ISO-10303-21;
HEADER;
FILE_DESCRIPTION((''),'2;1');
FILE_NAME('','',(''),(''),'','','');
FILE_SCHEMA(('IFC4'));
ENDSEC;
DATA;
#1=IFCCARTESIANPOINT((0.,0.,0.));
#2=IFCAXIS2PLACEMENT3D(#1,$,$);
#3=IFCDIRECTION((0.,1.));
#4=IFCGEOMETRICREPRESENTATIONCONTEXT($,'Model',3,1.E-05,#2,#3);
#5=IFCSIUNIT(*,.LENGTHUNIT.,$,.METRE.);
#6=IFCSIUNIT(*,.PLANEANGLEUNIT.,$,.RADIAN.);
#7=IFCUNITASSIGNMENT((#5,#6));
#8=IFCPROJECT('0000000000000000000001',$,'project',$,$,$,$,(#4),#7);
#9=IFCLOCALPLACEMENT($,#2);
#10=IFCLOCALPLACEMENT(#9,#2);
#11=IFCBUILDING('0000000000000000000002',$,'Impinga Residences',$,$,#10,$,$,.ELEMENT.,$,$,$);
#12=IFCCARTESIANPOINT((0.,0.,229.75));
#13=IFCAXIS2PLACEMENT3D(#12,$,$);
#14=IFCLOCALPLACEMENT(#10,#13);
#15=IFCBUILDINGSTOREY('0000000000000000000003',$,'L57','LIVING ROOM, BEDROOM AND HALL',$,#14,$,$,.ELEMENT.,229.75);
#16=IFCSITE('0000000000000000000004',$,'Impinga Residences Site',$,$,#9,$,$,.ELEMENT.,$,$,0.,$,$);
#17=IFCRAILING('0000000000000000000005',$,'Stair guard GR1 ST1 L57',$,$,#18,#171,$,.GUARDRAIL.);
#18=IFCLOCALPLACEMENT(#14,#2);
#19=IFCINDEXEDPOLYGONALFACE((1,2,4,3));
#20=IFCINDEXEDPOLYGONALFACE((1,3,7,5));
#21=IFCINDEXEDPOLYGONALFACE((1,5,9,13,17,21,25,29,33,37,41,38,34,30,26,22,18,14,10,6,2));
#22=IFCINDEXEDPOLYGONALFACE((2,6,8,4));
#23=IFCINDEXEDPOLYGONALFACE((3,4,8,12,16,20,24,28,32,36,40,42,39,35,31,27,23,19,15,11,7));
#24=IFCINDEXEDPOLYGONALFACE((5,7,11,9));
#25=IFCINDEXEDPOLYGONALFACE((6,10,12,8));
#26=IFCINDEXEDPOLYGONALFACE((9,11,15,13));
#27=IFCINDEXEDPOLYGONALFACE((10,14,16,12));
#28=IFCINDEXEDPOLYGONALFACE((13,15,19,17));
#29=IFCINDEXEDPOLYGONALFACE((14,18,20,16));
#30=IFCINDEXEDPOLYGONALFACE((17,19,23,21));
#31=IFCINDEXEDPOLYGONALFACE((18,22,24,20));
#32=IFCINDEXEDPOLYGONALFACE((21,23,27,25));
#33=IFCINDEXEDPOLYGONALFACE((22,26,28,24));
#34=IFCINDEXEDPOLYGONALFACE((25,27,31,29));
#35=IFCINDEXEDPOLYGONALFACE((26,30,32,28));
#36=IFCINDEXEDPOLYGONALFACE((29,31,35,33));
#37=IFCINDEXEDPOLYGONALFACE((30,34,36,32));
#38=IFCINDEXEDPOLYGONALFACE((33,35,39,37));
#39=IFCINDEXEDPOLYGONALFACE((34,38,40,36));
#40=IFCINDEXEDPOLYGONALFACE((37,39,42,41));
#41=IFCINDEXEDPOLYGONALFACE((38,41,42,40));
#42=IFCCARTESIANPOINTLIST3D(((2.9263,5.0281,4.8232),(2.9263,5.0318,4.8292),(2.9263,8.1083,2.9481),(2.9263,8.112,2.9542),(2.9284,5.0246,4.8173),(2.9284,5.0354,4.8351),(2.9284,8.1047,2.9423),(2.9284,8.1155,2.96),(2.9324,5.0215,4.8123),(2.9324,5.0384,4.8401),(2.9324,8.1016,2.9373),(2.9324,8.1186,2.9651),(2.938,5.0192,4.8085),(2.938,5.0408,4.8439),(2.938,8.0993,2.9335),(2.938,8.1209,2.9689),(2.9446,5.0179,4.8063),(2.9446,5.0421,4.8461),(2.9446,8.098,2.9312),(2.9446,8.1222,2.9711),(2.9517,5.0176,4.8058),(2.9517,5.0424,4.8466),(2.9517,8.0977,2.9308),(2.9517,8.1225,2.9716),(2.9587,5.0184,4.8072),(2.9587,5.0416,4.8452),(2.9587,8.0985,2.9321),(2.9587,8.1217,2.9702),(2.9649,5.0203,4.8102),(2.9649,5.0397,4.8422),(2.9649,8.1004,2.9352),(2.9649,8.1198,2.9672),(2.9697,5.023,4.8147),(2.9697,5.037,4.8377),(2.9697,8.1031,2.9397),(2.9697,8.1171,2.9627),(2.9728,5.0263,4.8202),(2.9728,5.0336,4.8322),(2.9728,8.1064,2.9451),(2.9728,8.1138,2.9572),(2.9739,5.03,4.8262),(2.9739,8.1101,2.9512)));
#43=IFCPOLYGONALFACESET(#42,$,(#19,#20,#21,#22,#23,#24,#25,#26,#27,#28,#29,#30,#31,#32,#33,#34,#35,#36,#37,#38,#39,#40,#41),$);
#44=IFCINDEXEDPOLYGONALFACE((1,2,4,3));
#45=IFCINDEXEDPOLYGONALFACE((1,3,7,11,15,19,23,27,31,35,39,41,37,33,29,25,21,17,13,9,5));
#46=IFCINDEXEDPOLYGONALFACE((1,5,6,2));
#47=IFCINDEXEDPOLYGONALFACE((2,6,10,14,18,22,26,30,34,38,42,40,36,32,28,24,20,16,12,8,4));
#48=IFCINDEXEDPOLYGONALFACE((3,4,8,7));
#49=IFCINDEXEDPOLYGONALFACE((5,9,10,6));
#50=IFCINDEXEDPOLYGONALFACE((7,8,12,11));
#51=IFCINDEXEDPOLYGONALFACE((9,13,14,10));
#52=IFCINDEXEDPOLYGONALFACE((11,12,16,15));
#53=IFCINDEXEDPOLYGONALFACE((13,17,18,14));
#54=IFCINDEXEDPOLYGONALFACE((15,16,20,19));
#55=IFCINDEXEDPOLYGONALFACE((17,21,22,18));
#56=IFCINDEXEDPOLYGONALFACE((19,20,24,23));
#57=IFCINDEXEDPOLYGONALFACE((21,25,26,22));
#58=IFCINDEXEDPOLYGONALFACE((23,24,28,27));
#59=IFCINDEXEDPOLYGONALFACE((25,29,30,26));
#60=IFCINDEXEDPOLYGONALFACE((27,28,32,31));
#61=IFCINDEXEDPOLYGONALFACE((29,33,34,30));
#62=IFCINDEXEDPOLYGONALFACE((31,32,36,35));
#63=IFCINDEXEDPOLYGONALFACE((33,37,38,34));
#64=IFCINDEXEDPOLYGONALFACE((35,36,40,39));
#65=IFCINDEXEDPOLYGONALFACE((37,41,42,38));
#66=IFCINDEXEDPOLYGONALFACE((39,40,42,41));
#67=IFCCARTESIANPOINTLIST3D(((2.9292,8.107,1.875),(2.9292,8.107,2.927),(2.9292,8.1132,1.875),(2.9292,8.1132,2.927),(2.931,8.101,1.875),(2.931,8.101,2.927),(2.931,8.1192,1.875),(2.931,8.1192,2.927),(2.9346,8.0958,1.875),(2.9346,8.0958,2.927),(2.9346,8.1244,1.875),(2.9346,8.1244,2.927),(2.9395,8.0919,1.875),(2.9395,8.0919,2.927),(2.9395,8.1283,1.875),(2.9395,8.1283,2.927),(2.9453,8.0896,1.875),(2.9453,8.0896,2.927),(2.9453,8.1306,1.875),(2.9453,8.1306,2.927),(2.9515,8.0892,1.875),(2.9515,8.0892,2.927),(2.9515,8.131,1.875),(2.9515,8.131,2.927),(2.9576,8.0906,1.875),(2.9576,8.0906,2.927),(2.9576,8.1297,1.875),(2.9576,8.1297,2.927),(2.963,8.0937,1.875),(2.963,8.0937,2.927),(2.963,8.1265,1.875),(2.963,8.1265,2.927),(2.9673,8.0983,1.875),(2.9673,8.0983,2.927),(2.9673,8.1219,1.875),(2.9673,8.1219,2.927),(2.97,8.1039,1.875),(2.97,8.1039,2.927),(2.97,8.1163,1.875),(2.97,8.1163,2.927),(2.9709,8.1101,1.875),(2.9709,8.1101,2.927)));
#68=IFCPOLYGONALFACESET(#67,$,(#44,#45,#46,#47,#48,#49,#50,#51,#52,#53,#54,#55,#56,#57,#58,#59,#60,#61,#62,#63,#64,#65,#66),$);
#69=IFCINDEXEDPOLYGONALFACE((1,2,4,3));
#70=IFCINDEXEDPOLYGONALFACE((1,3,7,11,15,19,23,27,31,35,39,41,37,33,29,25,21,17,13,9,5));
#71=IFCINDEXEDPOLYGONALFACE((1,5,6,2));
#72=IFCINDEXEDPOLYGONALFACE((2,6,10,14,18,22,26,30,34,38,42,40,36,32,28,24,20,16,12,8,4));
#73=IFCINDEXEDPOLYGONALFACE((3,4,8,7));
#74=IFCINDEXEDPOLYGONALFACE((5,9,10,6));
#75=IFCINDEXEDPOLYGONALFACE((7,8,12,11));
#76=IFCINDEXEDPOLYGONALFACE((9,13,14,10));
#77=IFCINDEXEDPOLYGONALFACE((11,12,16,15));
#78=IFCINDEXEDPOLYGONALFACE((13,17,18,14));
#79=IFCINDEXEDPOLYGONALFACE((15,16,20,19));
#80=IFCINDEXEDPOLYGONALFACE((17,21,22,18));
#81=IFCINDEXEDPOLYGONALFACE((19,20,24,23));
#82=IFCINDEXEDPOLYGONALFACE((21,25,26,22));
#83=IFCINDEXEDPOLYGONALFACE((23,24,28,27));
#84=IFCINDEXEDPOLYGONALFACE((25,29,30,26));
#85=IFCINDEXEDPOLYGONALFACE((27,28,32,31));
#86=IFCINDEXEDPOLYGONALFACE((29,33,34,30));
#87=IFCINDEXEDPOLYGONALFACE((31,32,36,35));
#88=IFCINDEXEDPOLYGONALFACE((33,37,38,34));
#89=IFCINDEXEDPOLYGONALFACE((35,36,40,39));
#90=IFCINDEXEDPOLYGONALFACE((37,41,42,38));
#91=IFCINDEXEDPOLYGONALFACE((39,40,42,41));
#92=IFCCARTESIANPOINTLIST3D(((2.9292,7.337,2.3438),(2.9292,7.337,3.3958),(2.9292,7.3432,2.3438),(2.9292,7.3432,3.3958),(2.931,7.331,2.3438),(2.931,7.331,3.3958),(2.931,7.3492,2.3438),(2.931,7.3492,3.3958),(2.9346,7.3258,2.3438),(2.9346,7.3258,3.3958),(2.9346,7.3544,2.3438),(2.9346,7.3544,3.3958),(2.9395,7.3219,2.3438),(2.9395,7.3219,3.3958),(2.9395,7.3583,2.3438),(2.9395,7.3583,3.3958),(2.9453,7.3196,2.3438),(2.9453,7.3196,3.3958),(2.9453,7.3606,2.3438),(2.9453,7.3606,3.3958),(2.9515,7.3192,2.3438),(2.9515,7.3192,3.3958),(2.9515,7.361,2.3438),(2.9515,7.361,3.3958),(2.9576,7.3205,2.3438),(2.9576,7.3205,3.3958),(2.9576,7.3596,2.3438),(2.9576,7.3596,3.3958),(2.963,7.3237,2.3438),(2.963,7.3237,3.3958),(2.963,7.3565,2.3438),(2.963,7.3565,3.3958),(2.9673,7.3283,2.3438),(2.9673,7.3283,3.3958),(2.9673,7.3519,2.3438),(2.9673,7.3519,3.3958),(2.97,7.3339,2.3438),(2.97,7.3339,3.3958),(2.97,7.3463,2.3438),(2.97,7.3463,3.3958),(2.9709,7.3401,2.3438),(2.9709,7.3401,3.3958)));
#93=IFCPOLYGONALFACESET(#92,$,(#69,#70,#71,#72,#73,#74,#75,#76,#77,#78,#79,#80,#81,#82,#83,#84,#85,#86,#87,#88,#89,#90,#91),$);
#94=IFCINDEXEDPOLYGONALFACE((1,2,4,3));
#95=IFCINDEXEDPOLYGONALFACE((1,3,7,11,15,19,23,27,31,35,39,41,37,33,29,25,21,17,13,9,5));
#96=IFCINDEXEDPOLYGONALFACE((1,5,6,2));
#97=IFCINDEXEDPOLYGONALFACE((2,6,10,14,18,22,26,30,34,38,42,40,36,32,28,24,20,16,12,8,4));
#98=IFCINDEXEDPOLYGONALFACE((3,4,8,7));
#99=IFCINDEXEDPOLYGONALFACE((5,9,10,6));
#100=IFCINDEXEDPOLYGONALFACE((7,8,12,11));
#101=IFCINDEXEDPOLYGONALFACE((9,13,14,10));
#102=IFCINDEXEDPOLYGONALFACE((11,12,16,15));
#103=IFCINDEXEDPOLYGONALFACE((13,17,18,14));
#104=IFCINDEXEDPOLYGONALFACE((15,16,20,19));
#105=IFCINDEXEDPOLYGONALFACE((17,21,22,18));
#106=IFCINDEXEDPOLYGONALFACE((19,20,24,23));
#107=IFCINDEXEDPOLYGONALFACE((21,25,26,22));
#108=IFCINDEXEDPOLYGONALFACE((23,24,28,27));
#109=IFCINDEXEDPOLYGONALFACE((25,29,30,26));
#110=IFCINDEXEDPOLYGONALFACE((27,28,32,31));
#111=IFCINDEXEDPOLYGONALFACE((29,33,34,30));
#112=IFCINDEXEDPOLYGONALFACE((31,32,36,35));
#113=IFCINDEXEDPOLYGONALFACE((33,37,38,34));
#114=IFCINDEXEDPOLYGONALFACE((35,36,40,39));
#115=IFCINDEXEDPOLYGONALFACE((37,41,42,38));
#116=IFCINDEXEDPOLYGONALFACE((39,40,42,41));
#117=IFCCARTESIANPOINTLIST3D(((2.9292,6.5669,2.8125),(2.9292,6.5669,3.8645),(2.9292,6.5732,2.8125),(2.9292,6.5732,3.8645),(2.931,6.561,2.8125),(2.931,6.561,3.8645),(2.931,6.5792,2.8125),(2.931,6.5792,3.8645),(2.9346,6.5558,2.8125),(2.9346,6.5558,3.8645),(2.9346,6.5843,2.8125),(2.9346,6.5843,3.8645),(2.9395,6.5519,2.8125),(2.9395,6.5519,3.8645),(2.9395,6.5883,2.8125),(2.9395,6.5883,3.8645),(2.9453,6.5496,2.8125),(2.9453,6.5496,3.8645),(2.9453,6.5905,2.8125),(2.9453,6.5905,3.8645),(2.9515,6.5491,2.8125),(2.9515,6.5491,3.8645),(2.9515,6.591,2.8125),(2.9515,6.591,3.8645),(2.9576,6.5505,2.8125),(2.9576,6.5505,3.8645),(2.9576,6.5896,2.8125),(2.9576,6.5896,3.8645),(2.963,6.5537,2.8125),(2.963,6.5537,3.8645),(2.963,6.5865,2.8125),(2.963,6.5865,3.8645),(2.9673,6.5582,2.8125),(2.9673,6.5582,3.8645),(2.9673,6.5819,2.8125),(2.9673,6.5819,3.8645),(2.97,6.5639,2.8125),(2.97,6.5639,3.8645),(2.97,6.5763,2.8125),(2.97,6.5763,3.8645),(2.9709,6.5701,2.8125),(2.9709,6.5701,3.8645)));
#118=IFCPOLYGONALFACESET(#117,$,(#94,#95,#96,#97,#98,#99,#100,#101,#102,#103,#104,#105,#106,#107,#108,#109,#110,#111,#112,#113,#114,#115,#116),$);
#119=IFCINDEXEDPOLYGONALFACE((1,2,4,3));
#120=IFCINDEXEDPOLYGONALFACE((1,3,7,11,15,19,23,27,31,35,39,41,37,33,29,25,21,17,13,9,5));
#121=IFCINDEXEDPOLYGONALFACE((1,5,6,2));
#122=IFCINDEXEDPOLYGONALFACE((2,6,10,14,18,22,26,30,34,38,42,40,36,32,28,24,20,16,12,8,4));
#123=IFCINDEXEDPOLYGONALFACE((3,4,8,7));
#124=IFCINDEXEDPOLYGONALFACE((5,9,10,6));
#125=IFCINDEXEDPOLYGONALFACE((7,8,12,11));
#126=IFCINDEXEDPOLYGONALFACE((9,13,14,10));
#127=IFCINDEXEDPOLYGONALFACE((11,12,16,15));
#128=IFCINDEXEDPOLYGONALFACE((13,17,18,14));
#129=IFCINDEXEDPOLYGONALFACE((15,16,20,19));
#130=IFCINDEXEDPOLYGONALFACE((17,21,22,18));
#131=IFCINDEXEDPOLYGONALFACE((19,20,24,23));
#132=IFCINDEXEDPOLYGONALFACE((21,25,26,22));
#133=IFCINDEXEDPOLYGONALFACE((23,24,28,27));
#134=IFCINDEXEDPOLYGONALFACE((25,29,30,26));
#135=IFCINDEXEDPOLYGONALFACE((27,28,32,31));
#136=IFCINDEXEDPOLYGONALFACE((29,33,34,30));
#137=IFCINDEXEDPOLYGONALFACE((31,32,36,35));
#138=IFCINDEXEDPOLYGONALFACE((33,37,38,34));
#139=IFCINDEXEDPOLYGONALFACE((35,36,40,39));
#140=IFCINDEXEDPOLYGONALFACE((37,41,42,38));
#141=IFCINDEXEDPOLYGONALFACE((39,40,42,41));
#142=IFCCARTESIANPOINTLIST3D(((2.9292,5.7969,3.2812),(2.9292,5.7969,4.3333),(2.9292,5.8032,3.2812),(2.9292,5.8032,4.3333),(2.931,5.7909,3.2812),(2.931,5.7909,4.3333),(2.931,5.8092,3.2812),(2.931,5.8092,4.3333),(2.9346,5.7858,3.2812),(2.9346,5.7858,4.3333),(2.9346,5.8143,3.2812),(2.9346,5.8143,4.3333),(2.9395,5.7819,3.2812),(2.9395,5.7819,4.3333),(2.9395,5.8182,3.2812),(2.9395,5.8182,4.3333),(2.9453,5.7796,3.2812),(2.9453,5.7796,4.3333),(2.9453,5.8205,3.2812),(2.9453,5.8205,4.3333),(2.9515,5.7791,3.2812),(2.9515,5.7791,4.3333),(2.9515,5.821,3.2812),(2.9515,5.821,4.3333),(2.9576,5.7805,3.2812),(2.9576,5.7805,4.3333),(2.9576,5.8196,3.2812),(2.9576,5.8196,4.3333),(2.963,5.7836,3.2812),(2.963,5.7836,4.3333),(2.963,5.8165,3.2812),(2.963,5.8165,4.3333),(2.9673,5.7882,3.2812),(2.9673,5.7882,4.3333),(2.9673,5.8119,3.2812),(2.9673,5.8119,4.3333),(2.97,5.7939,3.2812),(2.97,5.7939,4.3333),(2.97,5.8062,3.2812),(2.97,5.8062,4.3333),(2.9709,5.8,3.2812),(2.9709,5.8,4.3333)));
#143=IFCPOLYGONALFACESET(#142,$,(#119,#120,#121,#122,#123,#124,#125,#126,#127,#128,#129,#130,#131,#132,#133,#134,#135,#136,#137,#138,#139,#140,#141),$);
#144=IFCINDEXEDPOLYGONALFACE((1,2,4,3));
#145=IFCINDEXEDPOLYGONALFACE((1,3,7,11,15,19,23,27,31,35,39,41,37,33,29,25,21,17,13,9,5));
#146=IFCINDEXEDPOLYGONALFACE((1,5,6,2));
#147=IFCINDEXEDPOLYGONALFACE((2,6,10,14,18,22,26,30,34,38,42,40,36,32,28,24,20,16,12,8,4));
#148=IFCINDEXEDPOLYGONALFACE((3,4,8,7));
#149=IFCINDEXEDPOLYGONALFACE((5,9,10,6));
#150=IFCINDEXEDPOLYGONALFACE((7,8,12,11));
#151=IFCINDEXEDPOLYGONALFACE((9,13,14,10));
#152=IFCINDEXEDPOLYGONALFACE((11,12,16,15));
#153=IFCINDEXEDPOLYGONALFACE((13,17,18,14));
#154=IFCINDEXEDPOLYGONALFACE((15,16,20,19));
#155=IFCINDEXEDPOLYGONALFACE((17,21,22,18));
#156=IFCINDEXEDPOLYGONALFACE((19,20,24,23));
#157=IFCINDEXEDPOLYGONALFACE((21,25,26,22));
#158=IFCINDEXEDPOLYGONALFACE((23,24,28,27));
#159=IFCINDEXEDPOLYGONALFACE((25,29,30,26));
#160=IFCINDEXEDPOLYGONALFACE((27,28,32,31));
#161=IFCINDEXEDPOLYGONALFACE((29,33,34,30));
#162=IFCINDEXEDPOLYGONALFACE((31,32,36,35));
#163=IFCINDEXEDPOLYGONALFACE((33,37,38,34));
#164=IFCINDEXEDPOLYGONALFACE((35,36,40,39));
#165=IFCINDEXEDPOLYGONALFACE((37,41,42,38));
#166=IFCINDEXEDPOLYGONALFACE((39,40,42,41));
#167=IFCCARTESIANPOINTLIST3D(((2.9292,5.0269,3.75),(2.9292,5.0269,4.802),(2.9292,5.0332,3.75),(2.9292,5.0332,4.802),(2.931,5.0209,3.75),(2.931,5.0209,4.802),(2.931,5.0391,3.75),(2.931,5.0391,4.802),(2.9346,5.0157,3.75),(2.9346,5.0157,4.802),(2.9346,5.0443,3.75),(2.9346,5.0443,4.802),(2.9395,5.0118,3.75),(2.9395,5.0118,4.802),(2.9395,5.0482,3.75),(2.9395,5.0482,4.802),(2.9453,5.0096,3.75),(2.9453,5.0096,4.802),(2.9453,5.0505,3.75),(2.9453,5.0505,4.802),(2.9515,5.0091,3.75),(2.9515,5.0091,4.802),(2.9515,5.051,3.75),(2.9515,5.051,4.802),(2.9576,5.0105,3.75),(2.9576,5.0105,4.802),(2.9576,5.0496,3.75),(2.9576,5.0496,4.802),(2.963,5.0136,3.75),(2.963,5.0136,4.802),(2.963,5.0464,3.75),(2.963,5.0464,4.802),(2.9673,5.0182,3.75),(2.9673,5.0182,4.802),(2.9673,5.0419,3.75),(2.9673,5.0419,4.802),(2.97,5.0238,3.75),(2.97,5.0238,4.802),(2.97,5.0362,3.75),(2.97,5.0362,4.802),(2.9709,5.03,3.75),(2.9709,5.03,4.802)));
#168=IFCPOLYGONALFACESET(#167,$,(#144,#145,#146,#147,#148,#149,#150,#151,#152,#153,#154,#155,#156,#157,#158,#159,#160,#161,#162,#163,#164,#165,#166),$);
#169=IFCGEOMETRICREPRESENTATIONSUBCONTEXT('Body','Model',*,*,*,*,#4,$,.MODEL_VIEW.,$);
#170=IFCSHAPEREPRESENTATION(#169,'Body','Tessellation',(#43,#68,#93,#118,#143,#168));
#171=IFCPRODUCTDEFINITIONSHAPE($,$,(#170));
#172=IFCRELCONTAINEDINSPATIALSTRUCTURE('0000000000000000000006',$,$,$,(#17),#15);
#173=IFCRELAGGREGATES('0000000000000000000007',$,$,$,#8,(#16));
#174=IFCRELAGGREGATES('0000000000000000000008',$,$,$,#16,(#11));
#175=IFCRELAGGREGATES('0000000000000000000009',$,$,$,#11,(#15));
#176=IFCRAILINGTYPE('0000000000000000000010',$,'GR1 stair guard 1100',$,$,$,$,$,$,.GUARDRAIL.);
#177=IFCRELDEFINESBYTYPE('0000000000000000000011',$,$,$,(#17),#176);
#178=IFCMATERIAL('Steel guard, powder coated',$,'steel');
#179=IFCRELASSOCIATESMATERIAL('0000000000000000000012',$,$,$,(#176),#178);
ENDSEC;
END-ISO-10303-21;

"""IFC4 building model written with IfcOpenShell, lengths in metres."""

from ifc_helpers import new_model, si_unit, direction, frame, origin, origin_2d, place, context, subcontext, project, spatial, circle, extrude, material, type_object, element, save


model = new_model("IFC4")

# Units and contexts
model_context = context("Model", 3, precision=1e-05, world=origin(), true_north=direction((0.0, 1.0)))
body_context = subcontext(model_context, "Body", "Model", "MODEL_VIEW")
ifc_project = project(units=[si_unit("LENGTHUNIT", "METRE"), si_unit("PLANEANGLEUNIT", "RADIAN")], contexts=[model_context])

# Site, building, storey
site_placement = place(None, origin())
site = spatial("IfcSite", under=ifc_project, at=site_placement, Name="Impinga Residences Site", CompositionType="ELEMENT", RefElevation=0.0)
building_placement = place(site_placement, origin())
building = spatial("IfcBuilding", under=site, at=building_placement, Name="Impinga Residences", CompositionType="ELEMENT")
storey_placement = place(building_placement, frame((0.0, 0.0, 229.75)))
storey = spatial("IfcBuildingStorey", under=building, at=storey_placement, Name="L57", Description="LIVING ROOM, BEDROOM AND HALL", CompositionType="ELEMENT", Elevation=229.75)

# Railing
ifc_material_1 = material(Name="Steel guard, powder coated", Category="steel")
railing_type_1 = type_object("IfcRailingType", Name="GR1 stair guard 1100", PredefinedType="GUARDRAIL", material=ifc_material_1)
railing_1_placement = place(storey_placement, frame((2.95, 8.1101, 1.875)))
element("IfcRailing", 1, at=railing_1_placement, inside=storey, type_object=railing_type_1, Name="Stair guard GR1 ST1 L57", PredefinedType="GUARDRAIL", context=body_context, shape_type="SweptSolid", body=[
    extrude(circle(Radius=0.0239, at=origin_2d()), frame((0.0, 0.0, 1.0762), z_axis=(0.0, -0.854178, 0.519981), x_axis=(1.0, 0.0, 0.0)), (0.0, 0.0, 1.0), 3.606),
    extrude(circle(Radius=0.021, at=origin_2d()), origin(), (0.0, 0.0, 1.0), 1.052),
    extrude(circle(Radius=0.021, at=origin_2d()), frame((0.0, -0.77, 0.4688)), (0.0, 0.0, 1.0), 1.052),
    extrude(circle(Radius=0.021, at=origin_2d()), frame((0.0, -1.54, 0.9375)), (0.0, 0.0, 1.0), 1.052),
    extrude(circle(Radius=0.021, at=origin_2d()), frame((0.0, -2.3101, 1.4062)), (0.0, 0.0, 1.0), 1.052),
    extrude(circle(Radius=0.021, at=origin_2d()), frame((0.0, -3.0801, 1.875)), (0.0, 0.0, 1.0), 1.052),
])

save(model, "model.ifc")
